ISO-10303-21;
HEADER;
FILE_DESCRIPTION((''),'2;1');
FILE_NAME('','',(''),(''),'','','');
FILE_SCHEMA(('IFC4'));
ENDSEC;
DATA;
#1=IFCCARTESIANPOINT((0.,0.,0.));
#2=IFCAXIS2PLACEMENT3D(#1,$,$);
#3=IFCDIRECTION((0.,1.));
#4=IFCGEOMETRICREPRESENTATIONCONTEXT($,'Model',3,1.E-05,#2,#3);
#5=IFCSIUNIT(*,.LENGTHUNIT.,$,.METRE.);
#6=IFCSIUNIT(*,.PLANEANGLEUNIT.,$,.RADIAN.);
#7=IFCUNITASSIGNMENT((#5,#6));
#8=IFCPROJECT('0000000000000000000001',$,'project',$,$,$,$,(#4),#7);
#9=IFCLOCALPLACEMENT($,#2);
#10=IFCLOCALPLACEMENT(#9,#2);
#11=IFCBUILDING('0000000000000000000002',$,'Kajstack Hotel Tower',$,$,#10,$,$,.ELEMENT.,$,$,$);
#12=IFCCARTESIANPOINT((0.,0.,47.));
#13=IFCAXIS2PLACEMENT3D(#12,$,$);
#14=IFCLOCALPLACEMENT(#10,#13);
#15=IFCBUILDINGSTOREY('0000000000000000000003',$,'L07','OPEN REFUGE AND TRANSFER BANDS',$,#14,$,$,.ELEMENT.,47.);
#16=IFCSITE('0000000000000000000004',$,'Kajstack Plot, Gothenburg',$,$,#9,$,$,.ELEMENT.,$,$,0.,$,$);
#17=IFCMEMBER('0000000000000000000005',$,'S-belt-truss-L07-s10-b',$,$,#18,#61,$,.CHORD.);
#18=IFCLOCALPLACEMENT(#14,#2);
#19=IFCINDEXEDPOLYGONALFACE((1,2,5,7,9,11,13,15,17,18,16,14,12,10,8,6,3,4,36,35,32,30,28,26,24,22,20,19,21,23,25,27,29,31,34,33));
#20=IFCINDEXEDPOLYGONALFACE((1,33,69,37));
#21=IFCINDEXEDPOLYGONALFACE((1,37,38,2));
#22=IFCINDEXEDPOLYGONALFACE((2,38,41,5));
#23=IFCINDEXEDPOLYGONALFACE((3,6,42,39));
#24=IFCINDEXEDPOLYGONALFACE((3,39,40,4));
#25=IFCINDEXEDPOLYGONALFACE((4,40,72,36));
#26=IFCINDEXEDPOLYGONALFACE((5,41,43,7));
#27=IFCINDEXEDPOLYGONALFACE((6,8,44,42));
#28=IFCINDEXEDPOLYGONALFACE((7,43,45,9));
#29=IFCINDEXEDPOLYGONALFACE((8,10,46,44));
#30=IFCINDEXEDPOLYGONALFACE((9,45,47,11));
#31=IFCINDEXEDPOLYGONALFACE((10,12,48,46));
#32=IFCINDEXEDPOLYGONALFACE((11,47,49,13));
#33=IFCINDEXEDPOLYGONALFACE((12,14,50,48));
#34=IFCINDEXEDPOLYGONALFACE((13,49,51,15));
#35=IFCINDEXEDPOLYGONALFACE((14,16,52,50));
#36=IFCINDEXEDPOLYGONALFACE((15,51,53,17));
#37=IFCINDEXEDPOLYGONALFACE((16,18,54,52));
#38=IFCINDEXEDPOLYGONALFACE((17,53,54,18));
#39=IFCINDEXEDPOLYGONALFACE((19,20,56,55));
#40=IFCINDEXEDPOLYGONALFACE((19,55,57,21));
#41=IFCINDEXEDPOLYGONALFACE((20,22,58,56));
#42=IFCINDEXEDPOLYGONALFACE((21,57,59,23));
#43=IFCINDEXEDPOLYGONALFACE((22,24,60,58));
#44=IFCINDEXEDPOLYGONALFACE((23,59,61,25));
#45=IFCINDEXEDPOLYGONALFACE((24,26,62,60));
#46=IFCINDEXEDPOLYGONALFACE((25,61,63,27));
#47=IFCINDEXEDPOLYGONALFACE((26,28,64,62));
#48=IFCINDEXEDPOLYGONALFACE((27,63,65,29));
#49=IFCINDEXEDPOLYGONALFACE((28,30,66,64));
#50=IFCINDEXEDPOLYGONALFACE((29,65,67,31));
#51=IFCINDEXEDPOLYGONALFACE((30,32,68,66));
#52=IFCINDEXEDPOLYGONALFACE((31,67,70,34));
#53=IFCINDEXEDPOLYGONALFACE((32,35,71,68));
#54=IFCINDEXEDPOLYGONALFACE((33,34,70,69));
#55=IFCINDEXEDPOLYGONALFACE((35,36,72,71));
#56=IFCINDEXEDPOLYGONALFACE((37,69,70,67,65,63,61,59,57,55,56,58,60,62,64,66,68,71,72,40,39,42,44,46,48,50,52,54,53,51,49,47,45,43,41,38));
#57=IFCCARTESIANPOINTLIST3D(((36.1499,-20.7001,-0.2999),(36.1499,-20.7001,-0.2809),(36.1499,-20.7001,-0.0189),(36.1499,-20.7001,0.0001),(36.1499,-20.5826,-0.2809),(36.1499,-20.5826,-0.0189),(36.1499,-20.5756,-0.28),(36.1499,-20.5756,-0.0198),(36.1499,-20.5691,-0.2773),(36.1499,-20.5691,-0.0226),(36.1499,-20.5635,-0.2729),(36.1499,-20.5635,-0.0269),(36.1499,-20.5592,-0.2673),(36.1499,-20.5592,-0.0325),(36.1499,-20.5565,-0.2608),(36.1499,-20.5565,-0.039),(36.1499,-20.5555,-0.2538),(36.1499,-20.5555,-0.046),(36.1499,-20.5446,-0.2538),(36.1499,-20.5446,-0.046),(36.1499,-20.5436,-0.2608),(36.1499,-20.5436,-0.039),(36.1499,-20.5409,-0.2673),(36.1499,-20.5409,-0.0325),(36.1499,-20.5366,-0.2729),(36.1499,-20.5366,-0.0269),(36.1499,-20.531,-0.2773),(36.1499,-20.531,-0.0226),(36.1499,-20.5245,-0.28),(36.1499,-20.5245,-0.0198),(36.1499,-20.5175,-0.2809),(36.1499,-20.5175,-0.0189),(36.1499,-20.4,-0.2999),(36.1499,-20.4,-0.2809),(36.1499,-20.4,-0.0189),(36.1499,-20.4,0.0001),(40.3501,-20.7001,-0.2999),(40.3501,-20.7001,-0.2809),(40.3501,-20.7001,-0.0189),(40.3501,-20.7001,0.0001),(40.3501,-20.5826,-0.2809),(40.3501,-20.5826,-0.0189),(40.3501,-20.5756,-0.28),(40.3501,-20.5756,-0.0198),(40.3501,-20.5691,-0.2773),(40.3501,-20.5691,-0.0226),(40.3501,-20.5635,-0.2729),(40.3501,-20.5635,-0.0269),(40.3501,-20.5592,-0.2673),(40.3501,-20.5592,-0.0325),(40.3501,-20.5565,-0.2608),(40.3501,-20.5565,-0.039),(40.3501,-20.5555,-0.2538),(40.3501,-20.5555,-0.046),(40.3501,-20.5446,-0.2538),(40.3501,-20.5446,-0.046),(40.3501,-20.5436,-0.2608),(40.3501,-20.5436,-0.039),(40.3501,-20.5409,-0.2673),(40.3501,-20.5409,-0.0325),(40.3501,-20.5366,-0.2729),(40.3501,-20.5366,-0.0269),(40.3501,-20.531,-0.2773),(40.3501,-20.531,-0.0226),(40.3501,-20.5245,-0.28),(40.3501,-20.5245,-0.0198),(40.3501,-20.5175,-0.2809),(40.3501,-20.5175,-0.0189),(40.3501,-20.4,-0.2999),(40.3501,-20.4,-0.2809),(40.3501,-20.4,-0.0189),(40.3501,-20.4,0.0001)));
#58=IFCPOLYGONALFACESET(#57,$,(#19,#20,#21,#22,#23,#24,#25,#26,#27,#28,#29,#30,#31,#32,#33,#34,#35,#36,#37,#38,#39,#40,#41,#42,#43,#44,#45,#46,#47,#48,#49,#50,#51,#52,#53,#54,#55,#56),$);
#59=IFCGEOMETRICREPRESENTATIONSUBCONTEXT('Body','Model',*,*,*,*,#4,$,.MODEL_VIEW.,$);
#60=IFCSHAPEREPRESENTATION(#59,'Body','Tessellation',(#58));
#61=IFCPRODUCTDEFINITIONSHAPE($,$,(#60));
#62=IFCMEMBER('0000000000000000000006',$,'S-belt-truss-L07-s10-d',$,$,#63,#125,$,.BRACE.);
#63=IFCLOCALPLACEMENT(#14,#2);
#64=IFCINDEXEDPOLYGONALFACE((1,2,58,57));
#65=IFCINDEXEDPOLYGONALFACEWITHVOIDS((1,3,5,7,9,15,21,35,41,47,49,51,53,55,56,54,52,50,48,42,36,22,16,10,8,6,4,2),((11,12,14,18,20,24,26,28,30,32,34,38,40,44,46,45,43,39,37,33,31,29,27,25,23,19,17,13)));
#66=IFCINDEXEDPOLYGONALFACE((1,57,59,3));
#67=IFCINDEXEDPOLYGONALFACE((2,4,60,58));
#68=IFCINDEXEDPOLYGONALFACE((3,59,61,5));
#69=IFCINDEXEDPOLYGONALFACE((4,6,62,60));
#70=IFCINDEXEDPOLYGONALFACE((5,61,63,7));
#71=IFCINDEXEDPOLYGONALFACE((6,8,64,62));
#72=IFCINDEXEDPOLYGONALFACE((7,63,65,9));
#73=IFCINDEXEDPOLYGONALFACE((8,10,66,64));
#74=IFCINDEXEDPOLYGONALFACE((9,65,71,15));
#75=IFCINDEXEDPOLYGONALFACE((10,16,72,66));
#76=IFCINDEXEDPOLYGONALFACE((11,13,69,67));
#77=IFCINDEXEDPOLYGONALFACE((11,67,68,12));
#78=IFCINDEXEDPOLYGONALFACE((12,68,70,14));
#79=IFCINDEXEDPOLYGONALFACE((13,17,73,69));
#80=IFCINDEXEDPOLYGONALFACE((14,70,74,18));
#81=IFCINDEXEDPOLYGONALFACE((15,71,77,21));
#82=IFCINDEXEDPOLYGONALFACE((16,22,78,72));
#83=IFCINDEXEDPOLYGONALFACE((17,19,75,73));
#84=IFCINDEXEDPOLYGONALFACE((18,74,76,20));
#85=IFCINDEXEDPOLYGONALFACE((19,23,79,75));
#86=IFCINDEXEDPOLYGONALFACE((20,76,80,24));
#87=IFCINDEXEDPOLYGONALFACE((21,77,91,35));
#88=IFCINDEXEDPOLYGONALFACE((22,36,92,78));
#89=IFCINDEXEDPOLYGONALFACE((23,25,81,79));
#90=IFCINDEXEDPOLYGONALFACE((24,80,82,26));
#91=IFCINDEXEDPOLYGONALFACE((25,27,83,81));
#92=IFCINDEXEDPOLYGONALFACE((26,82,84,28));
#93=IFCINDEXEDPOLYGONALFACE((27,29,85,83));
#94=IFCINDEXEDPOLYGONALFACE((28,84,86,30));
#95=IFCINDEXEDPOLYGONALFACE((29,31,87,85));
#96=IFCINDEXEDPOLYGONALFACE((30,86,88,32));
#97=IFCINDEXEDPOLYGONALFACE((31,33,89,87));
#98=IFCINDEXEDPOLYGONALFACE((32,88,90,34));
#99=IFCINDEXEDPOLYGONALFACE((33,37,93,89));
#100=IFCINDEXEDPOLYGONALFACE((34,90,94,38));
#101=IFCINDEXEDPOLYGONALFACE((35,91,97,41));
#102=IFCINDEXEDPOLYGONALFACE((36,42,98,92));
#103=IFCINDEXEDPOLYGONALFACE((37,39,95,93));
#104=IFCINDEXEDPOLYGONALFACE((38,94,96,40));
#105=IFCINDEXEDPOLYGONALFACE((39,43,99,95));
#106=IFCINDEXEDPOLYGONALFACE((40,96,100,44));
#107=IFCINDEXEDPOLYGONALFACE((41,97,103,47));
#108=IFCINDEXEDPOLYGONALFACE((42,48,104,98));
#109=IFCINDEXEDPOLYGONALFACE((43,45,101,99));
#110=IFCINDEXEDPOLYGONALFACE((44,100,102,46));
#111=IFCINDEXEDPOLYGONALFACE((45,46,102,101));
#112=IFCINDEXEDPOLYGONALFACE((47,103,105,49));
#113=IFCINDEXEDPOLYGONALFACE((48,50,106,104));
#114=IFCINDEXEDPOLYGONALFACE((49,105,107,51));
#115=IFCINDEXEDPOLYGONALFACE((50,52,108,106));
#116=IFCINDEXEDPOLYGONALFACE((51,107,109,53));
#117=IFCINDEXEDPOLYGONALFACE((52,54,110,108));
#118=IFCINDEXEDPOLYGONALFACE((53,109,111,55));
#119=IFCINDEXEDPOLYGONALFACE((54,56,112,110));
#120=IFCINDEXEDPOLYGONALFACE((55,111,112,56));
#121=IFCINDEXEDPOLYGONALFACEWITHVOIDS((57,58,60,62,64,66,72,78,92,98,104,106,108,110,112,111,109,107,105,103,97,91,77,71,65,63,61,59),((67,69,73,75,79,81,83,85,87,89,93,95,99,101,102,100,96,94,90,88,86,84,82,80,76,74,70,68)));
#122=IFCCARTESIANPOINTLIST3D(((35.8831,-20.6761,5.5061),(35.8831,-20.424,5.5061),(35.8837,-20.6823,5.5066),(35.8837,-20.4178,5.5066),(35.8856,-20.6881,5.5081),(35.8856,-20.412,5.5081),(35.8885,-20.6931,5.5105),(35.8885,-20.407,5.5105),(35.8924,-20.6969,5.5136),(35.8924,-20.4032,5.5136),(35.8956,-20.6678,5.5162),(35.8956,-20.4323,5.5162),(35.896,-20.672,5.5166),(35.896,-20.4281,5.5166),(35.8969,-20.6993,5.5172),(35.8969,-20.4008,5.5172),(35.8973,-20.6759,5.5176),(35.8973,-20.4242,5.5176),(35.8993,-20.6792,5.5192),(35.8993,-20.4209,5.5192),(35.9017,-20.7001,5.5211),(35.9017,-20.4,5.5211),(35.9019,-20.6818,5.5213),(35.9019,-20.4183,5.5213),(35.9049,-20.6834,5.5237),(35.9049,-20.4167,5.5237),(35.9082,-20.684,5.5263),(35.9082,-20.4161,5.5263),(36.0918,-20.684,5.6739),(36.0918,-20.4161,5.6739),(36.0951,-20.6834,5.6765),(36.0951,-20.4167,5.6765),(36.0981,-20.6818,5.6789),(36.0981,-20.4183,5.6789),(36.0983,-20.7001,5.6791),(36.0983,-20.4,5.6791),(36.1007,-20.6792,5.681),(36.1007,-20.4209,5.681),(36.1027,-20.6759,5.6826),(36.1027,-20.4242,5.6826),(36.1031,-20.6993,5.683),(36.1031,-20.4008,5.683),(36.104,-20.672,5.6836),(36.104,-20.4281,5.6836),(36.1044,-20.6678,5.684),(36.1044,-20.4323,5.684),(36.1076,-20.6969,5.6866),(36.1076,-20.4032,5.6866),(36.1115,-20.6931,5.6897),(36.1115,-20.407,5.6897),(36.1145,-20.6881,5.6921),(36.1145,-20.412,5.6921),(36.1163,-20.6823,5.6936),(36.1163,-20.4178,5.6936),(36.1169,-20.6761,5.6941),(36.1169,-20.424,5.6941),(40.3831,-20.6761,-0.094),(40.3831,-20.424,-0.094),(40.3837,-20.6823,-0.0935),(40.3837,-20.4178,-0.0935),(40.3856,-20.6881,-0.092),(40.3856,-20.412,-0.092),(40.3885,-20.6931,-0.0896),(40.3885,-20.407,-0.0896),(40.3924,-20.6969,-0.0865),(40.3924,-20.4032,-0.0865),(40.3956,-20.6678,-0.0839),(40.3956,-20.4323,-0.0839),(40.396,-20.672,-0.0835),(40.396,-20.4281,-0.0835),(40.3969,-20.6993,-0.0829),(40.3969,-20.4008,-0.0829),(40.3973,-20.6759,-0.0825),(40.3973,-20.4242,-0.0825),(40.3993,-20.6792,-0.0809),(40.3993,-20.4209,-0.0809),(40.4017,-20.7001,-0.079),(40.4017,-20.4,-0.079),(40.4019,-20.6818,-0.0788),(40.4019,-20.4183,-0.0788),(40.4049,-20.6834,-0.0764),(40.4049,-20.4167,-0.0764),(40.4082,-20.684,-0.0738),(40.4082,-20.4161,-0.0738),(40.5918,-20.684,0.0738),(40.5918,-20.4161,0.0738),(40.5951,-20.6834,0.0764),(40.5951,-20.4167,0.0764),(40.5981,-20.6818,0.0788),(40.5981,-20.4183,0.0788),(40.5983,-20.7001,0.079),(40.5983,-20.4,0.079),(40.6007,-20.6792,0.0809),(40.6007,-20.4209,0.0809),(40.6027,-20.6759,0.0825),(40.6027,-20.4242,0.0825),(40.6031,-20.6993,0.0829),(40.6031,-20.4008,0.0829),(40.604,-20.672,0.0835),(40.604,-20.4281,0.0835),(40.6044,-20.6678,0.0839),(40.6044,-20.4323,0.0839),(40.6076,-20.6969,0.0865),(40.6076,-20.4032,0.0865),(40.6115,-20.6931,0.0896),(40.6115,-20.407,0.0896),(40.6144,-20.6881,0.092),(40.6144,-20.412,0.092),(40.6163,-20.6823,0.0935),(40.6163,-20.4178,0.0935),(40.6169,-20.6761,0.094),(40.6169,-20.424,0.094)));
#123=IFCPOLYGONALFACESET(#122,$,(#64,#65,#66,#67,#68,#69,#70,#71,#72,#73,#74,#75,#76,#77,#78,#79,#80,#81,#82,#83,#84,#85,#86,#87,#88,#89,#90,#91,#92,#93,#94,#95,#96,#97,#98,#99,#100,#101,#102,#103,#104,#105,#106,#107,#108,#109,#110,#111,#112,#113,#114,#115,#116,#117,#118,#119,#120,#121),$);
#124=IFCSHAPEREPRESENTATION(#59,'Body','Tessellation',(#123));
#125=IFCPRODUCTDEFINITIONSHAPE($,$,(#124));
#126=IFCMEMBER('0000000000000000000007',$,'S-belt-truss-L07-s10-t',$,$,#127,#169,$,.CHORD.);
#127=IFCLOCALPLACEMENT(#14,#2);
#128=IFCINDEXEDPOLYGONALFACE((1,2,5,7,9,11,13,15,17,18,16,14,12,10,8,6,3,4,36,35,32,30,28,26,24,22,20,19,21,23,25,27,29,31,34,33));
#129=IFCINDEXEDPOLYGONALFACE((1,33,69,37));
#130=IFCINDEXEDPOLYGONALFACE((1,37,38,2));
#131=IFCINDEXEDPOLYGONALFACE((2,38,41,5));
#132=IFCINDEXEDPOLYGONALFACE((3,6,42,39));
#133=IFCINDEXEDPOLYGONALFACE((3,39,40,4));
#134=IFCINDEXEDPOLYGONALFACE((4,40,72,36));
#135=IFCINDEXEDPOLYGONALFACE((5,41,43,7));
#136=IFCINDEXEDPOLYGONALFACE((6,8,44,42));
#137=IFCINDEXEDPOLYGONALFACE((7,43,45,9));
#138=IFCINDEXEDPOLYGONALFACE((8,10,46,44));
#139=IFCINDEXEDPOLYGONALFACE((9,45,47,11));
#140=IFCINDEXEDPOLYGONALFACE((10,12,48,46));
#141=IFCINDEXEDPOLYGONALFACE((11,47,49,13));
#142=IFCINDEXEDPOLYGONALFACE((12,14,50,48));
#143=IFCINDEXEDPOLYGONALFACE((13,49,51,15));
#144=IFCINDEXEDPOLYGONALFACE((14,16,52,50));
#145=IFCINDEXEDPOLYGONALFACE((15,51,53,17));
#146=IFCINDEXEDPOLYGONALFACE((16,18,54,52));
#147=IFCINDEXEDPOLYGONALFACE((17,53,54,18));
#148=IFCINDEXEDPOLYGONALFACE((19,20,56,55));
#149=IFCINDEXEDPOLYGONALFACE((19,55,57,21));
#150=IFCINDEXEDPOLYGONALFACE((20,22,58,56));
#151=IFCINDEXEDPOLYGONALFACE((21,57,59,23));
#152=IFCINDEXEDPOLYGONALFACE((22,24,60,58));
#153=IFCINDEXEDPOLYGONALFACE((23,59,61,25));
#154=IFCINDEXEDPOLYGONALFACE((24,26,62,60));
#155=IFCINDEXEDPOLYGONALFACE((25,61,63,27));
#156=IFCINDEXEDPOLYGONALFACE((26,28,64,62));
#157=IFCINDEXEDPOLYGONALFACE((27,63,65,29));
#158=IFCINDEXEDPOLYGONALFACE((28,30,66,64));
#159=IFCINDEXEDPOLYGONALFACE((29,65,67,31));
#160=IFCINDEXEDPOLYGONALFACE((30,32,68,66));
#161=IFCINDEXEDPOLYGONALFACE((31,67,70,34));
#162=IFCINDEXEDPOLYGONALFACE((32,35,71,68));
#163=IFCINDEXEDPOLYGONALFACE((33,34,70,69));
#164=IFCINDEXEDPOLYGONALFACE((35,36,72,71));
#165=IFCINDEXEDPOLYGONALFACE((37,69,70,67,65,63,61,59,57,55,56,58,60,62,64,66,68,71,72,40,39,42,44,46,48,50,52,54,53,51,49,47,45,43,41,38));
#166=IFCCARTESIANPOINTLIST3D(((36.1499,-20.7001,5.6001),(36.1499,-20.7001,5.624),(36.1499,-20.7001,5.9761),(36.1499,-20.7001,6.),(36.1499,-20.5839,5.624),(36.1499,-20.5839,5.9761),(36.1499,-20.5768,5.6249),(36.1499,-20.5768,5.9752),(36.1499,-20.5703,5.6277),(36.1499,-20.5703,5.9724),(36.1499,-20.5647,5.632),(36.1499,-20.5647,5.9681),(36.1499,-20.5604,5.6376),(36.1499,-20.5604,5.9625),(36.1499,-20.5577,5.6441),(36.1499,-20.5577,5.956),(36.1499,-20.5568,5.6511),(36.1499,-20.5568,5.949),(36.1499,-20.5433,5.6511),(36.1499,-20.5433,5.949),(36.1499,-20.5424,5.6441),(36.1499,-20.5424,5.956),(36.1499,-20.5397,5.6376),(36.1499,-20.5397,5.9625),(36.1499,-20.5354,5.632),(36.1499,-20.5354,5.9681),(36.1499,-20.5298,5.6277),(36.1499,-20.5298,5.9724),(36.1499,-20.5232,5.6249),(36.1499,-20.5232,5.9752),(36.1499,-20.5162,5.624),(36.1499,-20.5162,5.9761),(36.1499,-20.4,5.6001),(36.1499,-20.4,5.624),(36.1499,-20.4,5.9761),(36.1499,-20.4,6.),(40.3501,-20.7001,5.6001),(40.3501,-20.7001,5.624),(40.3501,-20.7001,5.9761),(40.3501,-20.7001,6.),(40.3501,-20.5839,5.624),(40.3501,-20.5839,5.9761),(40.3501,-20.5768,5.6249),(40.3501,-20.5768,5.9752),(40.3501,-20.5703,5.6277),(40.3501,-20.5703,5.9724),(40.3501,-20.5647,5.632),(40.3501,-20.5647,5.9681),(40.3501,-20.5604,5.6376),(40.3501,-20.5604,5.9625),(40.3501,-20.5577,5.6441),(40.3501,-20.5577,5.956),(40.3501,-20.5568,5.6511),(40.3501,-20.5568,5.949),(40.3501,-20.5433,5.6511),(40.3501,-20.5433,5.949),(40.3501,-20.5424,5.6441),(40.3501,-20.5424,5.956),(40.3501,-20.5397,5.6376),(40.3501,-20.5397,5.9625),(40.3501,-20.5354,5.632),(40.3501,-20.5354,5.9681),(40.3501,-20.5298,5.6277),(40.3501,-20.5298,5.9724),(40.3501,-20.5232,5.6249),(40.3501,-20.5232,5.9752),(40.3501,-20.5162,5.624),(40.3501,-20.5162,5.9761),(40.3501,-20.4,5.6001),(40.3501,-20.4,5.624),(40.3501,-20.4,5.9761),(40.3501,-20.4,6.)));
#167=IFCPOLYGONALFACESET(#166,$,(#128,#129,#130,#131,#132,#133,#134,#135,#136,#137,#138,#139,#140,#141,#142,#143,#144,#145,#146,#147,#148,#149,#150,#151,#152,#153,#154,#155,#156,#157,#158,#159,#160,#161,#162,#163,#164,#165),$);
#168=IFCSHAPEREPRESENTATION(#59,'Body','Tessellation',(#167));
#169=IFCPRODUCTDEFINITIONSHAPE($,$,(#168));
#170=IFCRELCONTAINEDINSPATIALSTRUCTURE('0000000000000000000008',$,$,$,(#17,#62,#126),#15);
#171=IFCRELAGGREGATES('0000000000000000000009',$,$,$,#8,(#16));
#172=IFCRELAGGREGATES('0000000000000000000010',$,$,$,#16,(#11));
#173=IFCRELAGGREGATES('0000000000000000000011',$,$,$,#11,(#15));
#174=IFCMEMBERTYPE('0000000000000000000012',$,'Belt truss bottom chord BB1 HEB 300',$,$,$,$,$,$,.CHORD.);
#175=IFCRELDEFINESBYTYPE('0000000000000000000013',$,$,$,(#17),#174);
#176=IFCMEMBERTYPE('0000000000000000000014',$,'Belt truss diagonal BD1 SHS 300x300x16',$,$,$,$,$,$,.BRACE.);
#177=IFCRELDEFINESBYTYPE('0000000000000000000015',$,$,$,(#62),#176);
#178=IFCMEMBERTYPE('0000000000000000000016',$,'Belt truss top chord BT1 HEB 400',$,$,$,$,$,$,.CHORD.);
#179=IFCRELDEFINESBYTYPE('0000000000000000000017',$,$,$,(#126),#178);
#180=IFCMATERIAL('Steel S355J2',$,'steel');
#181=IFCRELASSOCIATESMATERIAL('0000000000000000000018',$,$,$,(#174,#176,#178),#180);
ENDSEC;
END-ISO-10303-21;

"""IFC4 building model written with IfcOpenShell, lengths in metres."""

from ifc_helpers import new_model, si_unit, direction, frame, origin, origin_2d, place, context, subcontext, project, spatial, hollow_rectangle, i_section, extrude, material, material_profile, profile_set, type_object, element, save


model = new_model("IFC4")

# Units and contexts
model_context = context("Model", 3, precision=1e-05, world=origin(), true_north=direction((0.0, 1.0)))
body_context = subcontext(model_context, "Body", "Model", "MODEL_VIEW")
ifc_project = project(units=[si_unit("LENGTHUNIT", "METRE"), si_unit("PLANEANGLEUNIT", "RADIAN")], contexts=[model_context])

# Site, building, storey
site_placement = place(None, origin())
site = spatial("IfcSite", under=ifc_project, at=site_placement, Name="Kajstack Plot, Gothenburg", CompositionType="ELEMENT", RefElevation=0.0)
building_placement = place(site_placement, origin())
building = spatial("IfcBuilding", under=site, at=building_placement, Name="Kajstack Hotel Tower", CompositionType="ELEMENT")
storey_placement = place(building_placement, frame((0.0, 0.0, 47.0)))
storey = spatial("IfcBuildingStorey", under=building, at=storey_placement, Name="L07", Description="OPEN REFUGE AND TRANSFER BANDS", CompositionType="ELEMENT", Elevation=47.0)

# Members
ifc_material = material(Name="Steel S355J2", Category="steel")
ifc_material_profile_1 = material_profile(ifc_material, i_section(OverallWidth=0.3, OverallDepth=0.3, WebThickness=0.011, FlangeThickness=0.019, FilletRadius=0.0271, at=origin_2d()), Name="HEB 300")
ifc_profile_set_1 = profile_set([ifc_material_profile_1], Name="Steel S355J2")
member_type_1 = type_object("IfcMemberType", Name="Belt truss bottom chord BB1 HEB 300", PredefinedType="CHORD", material=ifc_profile_set_1)
member_1_placement = place(storey_placement, frame((36.1499, -20.55, -0.1499), z_axis=(1.0, 0.0, 0.0), x_axis=(0.0, 1.0, 0.0)))
element("IfcMember", 1, at=member_1_placement, inside=storey, type_object=member_type_1, Name="S-belt-truss-L07-s10-b", PredefinedType="CHORD", context=body_context, shape_type="SweptSolid", body=[
    extrude(i_section(OverallWidth=0.3, OverallDepth=0.3, WebThickness=0.011, FlangeThickness=0.019, FilletRadius=0.0271, at=origin_2d()), origin(), (0.0, 0.0, 1.0), 4.2002),
])
ifc_material_profile_2 = material_profile(ifc_material, hollow_rectangle(XDim=0.3, YDim=0.3, WallThickness=0.0161, InnerFilletRadius=0.0161, OuterFilletRadius=0.0239, at=origin_2d()), Name="SHS 300x300x16")
ifc_profile_set_2 = profile_set([ifc_material_profile_2], Name="Steel S355J2")
member_type_2 = type_object("IfcMemberType", Name="Belt truss diagonal BD1 SHS 300x300x16", PredefinedType="BRACE", material=ifc_profile_set_2)
member_2_placement = place(storey_placement, frame((40.5, -20.55, 0.0), z_axis=(-0.626384, 0.0, 0.779514), x_axis=(0.0, -1.0, 0.0)))
element("IfcMember", 2, at=member_2_placement, inside=storey, type_object=member_type_2, Name="S-belt-truss-L07-s10-d", PredefinedType="BRACE", context=body_context, shape_type="SweptSolid", body=[
    extrude(hollow_rectangle(XDim=0.3, YDim=0.3, WallThickness=0.0161, InnerFilletRadius=0.0161, OuterFilletRadius=0.0239, at=origin_2d()), origin(), (0.0, 0.0, 1.0), 7.1841),
])
ifc_material_profile_3 = material_profile(ifc_material, i_section(OverallWidth=0.3, OverallDepth=0.3999, WebThickness=0.0134, FlangeThickness=0.0239, FilletRadius=0.0271, at=origin_2d()), Name="HEB 400")
ifc_profile_set_3 = profile_set([ifc_material_profile_3], Name="Steel S355J2")
member_type_3 = type_object("IfcMemberType", Name="Belt truss top chord BT1 HEB 400", PredefinedType="CHORD", material=ifc_profile_set_3)
member_3_placement = place(storey_placement, frame((36.1499, -20.55, 5.8), z_axis=(1.0, 0.0, 0.0), x_axis=(0.0, 1.0, 0.0)))
element("IfcMember", 3, at=member_3_placement, inside=storey, type_object=member_type_3, Name="S-belt-truss-L07-s10-t", PredefinedType="CHORD", context=body_context, shape_type="SweptSolid", body=[
    extrude(i_section(OverallWidth=0.3, OverallDepth=0.3999, WebThickness=0.0134, FlangeThickness=0.0239, FilletRadius=0.0271, at=origin_2d()), origin(), (0.0, 0.0, 1.0), 4.2002),
])

save(model, "model.ifc")
